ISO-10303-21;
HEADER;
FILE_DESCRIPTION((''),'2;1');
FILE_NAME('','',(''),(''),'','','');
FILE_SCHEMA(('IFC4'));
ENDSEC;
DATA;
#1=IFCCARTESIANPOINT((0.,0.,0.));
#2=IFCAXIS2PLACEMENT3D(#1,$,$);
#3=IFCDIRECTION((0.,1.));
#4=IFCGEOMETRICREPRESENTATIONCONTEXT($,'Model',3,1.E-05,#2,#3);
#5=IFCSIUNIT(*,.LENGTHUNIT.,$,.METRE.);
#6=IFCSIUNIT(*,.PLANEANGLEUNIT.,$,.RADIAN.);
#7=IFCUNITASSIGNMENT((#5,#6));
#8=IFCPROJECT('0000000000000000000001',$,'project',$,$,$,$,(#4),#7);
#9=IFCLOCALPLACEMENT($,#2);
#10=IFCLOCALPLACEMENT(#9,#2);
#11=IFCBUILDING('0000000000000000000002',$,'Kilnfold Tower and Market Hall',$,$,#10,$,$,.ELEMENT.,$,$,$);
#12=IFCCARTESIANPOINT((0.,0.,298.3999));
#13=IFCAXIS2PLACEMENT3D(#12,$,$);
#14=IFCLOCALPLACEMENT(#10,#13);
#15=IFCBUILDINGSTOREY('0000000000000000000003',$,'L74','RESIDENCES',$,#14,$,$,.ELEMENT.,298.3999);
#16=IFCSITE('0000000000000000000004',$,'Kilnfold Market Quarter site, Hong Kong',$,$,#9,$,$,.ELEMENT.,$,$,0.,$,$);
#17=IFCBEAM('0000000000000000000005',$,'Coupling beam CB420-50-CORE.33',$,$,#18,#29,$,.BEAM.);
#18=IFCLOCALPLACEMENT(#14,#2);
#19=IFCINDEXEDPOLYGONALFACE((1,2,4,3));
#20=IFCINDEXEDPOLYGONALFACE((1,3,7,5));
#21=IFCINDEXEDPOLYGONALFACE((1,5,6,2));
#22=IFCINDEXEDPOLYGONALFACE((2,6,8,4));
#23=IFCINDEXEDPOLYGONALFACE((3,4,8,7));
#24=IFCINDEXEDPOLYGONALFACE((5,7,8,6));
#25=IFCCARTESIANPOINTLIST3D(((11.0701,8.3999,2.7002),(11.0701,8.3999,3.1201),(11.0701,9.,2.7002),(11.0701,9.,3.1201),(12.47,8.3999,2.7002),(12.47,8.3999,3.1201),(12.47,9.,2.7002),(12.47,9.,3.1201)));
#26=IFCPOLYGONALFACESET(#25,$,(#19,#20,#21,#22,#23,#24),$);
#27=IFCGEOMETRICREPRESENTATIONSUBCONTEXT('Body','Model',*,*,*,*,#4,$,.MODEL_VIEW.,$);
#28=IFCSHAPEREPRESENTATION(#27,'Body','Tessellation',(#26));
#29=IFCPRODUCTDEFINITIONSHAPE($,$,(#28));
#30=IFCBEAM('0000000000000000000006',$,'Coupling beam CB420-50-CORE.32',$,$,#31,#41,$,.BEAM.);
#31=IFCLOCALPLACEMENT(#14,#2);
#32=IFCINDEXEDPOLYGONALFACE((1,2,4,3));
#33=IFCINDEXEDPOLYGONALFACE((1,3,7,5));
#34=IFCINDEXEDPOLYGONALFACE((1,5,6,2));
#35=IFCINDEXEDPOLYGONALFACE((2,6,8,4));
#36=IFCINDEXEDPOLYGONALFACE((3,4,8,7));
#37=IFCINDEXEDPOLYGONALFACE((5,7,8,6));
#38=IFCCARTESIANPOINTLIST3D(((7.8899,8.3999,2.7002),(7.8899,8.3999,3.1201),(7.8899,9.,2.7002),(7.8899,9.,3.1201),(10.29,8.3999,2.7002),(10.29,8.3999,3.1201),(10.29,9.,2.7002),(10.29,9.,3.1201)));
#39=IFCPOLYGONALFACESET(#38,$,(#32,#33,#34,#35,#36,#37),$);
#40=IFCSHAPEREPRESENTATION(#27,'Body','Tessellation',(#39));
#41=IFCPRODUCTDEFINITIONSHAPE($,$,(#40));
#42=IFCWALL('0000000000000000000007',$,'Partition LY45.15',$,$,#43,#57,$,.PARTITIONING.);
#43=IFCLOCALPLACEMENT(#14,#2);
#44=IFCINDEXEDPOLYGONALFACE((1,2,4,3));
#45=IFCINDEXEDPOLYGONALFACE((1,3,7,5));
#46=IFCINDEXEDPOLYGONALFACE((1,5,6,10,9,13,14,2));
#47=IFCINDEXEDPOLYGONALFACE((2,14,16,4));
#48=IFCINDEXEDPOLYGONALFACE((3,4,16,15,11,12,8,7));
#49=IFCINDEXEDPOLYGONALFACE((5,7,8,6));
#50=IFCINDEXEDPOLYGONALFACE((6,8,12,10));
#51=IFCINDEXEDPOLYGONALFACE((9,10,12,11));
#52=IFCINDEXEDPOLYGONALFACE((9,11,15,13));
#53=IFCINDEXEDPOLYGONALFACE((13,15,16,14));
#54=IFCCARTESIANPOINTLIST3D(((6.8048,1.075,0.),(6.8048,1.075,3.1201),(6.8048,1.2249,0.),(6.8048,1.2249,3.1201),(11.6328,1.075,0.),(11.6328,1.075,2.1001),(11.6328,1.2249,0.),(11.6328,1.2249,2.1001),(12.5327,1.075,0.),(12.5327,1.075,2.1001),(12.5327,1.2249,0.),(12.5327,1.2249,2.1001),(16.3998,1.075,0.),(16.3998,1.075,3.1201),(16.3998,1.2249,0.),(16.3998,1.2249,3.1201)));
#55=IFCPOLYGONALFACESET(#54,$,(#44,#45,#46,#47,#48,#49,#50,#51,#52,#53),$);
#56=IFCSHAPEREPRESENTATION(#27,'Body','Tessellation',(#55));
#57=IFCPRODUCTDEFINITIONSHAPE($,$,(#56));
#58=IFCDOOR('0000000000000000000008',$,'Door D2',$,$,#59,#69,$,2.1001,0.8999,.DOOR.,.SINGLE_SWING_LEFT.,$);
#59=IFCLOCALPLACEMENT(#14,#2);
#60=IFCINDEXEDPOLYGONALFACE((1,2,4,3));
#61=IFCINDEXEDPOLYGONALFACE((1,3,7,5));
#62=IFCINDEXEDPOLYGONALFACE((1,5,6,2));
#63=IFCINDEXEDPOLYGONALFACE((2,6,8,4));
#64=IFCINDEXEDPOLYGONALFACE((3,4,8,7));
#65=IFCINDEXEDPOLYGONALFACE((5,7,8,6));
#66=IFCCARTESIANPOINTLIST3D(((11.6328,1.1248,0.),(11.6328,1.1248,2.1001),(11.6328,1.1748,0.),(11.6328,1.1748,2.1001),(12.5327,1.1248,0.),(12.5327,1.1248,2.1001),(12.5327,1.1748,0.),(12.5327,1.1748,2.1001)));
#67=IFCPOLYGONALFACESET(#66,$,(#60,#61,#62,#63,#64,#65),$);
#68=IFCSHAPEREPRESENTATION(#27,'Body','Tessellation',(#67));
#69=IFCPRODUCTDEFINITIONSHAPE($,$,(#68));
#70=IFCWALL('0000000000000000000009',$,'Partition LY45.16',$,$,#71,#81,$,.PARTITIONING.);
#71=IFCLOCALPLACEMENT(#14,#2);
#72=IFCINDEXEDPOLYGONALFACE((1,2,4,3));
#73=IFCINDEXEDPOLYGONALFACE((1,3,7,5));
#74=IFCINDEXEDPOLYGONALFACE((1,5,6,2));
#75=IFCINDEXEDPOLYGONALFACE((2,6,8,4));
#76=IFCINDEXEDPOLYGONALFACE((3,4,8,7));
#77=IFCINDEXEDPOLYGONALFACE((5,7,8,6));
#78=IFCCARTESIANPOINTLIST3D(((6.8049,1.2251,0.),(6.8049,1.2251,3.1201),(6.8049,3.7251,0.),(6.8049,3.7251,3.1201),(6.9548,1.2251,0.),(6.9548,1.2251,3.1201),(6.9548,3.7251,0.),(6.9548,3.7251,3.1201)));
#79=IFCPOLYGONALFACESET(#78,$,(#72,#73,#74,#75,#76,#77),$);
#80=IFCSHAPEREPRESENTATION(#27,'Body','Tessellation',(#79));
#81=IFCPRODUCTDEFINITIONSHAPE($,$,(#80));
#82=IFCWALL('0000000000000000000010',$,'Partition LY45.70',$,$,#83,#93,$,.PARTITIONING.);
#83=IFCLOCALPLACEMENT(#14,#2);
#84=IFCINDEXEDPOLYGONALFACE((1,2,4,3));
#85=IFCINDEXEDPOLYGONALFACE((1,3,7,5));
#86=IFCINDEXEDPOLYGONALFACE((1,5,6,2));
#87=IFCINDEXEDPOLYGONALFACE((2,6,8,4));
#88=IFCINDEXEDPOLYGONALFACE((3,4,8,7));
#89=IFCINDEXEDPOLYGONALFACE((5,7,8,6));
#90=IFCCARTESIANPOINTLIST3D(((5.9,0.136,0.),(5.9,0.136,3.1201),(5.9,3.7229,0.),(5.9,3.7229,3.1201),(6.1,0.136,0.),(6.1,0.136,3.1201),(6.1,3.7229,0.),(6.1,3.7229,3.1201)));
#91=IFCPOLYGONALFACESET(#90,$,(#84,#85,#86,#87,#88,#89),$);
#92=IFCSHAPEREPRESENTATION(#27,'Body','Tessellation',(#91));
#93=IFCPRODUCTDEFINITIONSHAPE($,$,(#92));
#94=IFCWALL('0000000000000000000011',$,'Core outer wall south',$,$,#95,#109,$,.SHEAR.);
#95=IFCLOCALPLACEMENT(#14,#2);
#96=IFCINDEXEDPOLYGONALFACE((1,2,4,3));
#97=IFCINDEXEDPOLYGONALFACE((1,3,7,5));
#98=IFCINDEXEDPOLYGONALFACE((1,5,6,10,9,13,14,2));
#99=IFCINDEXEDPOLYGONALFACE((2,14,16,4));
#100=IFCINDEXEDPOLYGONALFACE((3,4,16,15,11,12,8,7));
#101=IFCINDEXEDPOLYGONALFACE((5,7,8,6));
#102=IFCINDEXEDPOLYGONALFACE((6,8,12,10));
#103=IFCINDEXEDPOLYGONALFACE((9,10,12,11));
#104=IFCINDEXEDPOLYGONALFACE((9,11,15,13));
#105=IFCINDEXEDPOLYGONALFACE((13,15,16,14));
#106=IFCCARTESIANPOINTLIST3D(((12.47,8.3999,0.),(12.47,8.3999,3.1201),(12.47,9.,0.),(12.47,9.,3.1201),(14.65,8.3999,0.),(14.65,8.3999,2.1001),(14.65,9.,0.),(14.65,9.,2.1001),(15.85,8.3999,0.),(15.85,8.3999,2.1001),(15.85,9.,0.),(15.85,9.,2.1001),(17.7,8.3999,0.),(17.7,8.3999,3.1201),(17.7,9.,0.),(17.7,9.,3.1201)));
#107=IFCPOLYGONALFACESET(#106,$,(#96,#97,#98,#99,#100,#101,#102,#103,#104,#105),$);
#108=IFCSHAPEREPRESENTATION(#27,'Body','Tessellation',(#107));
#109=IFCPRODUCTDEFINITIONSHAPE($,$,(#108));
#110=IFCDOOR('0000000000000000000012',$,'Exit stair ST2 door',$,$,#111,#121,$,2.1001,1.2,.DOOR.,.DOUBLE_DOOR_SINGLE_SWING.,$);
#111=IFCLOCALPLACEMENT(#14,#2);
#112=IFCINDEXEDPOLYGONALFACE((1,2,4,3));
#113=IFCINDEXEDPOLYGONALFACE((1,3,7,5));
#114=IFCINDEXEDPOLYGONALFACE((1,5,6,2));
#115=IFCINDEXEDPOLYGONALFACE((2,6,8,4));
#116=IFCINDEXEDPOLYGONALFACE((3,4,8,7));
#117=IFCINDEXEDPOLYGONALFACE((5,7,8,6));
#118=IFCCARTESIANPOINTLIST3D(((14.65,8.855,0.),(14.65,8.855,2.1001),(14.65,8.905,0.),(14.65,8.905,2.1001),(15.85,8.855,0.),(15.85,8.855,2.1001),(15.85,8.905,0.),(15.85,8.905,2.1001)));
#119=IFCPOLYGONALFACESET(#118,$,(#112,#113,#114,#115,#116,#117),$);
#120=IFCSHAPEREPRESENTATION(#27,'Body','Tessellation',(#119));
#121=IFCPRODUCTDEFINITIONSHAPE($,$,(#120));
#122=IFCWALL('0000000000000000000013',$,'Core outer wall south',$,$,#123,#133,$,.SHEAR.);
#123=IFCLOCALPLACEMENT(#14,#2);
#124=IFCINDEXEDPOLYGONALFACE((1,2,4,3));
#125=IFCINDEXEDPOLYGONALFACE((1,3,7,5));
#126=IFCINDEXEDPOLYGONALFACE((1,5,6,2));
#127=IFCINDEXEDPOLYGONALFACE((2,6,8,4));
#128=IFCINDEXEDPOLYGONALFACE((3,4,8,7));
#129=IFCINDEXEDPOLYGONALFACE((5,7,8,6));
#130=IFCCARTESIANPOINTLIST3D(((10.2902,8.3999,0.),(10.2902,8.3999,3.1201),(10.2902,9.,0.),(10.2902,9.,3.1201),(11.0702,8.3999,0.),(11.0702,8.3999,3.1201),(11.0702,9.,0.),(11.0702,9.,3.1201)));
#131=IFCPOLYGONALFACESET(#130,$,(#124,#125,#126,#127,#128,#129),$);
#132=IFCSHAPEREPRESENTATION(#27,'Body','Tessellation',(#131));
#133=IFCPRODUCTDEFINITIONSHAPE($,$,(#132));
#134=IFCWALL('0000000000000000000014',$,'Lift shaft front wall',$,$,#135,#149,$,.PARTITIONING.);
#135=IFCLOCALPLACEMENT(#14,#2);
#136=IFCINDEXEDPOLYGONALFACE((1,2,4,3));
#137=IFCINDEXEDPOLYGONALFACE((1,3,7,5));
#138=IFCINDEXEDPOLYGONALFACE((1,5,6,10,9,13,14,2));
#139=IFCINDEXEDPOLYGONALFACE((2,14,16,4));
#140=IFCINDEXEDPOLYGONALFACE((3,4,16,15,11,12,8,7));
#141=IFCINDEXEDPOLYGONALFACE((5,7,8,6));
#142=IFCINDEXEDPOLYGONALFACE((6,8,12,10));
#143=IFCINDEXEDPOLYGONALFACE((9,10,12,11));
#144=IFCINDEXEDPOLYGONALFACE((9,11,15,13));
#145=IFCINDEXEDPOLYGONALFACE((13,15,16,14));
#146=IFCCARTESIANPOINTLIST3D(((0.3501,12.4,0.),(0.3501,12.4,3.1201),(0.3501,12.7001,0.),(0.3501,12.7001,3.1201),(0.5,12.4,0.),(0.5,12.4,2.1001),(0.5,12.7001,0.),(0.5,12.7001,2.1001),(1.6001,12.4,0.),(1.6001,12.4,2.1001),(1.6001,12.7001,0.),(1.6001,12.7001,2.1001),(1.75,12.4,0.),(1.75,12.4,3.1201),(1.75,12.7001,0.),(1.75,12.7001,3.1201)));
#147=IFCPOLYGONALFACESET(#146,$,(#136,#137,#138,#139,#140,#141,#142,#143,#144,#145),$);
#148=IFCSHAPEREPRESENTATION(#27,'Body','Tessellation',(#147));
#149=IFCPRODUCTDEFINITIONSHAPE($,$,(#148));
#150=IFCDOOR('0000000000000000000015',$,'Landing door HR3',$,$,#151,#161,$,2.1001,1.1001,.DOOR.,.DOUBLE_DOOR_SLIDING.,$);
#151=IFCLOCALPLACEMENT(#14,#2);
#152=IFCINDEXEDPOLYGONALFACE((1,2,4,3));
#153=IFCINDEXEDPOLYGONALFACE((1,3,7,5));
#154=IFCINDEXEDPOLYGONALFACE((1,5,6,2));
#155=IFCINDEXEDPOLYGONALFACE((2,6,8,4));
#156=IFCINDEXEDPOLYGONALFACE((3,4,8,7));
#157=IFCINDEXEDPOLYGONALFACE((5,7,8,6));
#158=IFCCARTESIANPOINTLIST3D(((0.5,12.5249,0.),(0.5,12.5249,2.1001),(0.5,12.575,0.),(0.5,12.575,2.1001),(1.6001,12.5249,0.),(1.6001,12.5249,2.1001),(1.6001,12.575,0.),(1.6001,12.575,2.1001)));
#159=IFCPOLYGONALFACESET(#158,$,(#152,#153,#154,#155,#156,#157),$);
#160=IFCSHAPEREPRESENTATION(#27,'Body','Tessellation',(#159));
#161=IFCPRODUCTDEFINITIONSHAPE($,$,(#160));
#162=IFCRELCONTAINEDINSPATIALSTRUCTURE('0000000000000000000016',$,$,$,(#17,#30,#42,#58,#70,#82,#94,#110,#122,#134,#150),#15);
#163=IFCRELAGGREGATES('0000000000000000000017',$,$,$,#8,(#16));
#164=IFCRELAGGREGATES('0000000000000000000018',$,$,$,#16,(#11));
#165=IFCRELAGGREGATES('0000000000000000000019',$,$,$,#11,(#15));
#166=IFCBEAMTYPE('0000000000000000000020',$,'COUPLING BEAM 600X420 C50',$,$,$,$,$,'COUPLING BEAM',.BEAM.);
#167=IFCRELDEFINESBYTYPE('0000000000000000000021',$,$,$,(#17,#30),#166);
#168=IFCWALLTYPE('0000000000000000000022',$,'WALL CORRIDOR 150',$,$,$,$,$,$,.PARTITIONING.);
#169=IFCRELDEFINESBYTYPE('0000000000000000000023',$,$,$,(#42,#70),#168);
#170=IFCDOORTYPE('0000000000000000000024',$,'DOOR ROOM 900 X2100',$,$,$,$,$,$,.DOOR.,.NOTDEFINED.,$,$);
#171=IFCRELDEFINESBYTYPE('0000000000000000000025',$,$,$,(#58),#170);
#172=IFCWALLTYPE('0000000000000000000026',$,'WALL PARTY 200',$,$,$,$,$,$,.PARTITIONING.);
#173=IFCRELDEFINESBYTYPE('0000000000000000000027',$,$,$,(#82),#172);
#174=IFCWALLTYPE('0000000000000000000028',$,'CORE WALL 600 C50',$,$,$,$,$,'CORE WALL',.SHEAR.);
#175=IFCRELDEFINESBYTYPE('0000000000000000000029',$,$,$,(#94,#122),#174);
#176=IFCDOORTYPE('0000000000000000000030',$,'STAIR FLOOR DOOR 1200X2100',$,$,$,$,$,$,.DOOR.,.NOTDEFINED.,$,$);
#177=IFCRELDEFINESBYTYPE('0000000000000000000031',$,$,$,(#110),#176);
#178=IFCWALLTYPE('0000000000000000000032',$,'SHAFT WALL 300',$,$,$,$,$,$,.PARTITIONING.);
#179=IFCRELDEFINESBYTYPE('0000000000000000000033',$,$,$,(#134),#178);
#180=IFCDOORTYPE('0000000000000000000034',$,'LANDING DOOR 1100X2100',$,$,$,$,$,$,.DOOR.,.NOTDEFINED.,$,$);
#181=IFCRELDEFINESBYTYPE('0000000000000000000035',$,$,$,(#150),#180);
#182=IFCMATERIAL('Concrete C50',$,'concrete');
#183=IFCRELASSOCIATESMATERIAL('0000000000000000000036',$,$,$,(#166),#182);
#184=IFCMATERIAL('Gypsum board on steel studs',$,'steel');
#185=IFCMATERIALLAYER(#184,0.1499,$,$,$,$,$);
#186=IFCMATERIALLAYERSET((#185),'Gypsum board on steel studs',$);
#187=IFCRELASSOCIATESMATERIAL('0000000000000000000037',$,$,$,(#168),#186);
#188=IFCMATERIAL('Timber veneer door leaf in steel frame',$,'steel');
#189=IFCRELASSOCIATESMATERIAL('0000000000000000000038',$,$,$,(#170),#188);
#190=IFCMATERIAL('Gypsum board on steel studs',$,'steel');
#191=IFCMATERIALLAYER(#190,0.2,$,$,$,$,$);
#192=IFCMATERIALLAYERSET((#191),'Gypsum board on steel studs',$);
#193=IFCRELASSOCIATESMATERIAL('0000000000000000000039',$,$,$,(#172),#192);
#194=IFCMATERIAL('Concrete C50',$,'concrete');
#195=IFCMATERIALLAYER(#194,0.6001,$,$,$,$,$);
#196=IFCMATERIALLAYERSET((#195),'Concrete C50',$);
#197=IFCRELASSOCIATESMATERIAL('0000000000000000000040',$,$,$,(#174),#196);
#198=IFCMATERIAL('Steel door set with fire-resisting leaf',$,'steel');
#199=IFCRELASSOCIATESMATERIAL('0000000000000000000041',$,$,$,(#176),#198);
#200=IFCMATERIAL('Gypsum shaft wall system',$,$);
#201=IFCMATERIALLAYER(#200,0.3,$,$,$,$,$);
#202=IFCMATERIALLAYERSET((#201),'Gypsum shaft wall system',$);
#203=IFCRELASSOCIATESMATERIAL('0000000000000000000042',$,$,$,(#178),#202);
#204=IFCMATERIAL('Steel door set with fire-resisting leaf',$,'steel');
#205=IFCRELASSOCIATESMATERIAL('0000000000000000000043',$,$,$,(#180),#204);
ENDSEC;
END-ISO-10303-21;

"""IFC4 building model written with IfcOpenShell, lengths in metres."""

from ifc_helpers import new_model, si_unit, direction, frame, frame_2d, origin, origin_2d, place, context, subcontext, project, spatial, rectangle, extrude, source, transform, mapped, material, layer, layer_set, material_profile, profile_set, type_object, element, fill, save


model = new_model("IFC4")

# Units and contexts
model_context = context("Model", 3, precision=1e-05, world=origin(), true_north=direction((0.0, 1.0)))
body_context = subcontext(model_context, "Body", "Model", "MODEL_VIEW")
ifc_project = project(units=[si_unit("LENGTHUNIT", "METRE"), si_unit("PLANEANGLEUNIT", "RADIAN")], contexts=[model_context])

# Site, building, storey
site_placement = place(None, origin())
site = spatial("IfcSite", under=ifc_project, at=site_placement, Name="Kilnfold Market Quarter site, Hong Kong", CompositionType="ELEMENT", RefElevation=0.0)
building_placement = place(site_placement, origin())
building = spatial("IfcBuilding", under=site, at=building_placement, Name="Kilnfold Tower and Market Hall", CompositionType="ELEMENT")
storey_placement = place(building_placement, frame((0.0, 0.0, 298.3999)))
storey = spatial("IfcBuildingStorey", under=building, at=storey_placement, Name="L74", Description="RESIDENCES", CompositionType="ELEMENT", Elevation=298.3999)

# Beams
ifc_material_1 = material(Name="Concrete C50", Category="concrete")
ifc_material_profile = material_profile(ifc_material_1, rectangle(XDim=0.6001, YDim=0.4199, at=origin_2d()), Name="RC 600x420")
ifc_profile_set = profile_set([ifc_material_profile], Name="Concrete C50")
beam_type = type_object("IfcBeamType", Name="COUPLING BEAM 600X420 C50", ElementType="COUPLING BEAM", PredefinedType="BEAM", material=ifc_profile_set)
shared_shape_1 = source(origin(), body_context, "Body", "SweptSolid", [
    extrude(rectangle(XDim=0.6001, YDim=0.4199, at=origin_2d()), origin(), (0.0, 0.0, 1.0), 1.3999),
])
beam_1_placement = place(storey_placement, frame((11.0701, 8.7, 2.9102), z_axis=(1.0, 0.0, 0.0), x_axis=(0.0, 1.0, 0.0)))
element("IfcBeam", 1, at=beam_1_placement, inside=storey, type_object=beam_type, Name="Coupling beam CB420-50-CORE.33", PredefinedType="BEAM", context=body_context, shape_type="MappedRepresentation", body=[
    mapped(shared_shape_1, transform((0.0, 0.0, 0.0))),
])
shared_shape_2 = source(origin(), body_context, "Body", "SweptSolid", [
    extrude(rectangle(XDim=0.6001, YDim=0.4199, at=origin_2d()), origin(), (0.0, 0.0, 1.0), 2.4001),
])
beam_2_placement = place(storey_placement, frame((7.8899, 8.7, 2.9102), z_axis=(1.0, 0.0, 0.0), x_axis=(0.0, 1.0, 0.0)))
element("IfcBeam", 2, at=beam_2_placement, inside=storey, type_object=beam_type, Name="Coupling beam CB420-50-CORE.32", PredefinedType="BEAM", context=body_context, shape_type="MappedRepresentation", body=[
    mapped(shared_shape_2, transform((0.0, 0.0, 0.0))),
])

# Wall, opening, door
ifc_material_2 = material(Name="Gypsum board on steel studs", Category="steel")
ifc_layer_1 = layer(ifc_material_2, 0.1499)
ifc_layer_set_1 = layer_set([ifc_layer_1], Name="Gypsum board on steel studs")
wall_type_1 = type_object("IfcWallType", Name="WALL CORRIDOR 150", PredefinedType="PARTITIONING", material=ifc_layer_set_1)
wall_1_placement = place(storey_placement, frame((6.8049, 1.1499, 0.0), z_axis=(0.0, 0.0, 1.0), x_axis=(1.0, 0.0, 0.0)))
wall_1 = element("IfcWall", 3, at=wall_1_placement, inside=storey, type_object=wall_type_1, Name="Partition LY45.15", PredefinedType="PARTITIONING", context=body_context, shape_type="SweptSolid", body=[
    extrude(rectangle(XDim=9.595, YDim=0.1499, at=frame_2d((4.7974, 0.0))), origin(), (0.0, 0.0, 1.0), 3.1201),
])
opening_1_placement = place(wall_1_placement, frame((4.8279, 0.0, 0.0)))
opening_1 = element("IfcOpeningElement", 4, at=opening_1_placement, cuts=wall_1, PredefinedType="OPENING", context=body_context, shape_type="SweptSolid", body=[
    extrude(rectangle(XDim=0.8999, YDim=2.1001, at=frame_2d((0.45, 1.05))), frame((0.0, 0.085, 0.0), z_axis=(0.0, -1.0, 0.0), x_axis=(1.0, 0.0, 0.0)), (0.0, 0.0, 1.0), 0.1699),
])
ifc_material_3 = material(Name="Timber veneer door leaf in steel frame", Category="steel")
door_type_1 = type_object("IfcDoorType", Name="DOOR ROOM 900 X2100", OperationType="NOTDEFINED", PredefinedType="DOOR", material=ifc_material_3)
door_1_placement = place(opening_1_placement, origin())
door_1 = element("IfcDoor", 5, at=door_1_placement, inside=storey, type_object=door_type_1, Name="Door D2", OperationType="SINGLE_SWING_LEFT", OverallHeight=2.1001, OverallWidth=0.8999, PredefinedType="DOOR", context=body_context, shape_type="SweptSolid", body=[
    extrude(rectangle(XDim=0.8999, YDim=2.1001, at=frame_2d((0.45, 1.05))), frame((0.0, 0.0249, 0.0), z_axis=(0.0, -1.0, 0.0), x_axis=(1.0, 0.0, 0.0)), (0.0, 0.0, 1.0), 0.05),
])
fill(opening_1, door_1)

# Walls
wall_2_placement = place(storey_placement, frame((6.8799, 3.7251, 0.0), z_axis=(0.0, 0.0, 1.0), x_axis=(0.0, -1.0, 0.0)))
element("IfcWall", 6, at=wall_2_placement, inside=storey, type_object=wall_type_1, Name="Partition LY45.16", PredefinedType="PARTITIONING", context=body_context, shape_type="SweptSolid", body=[
    extrude(rectangle(XDim=2.5, YDim=0.1499, at=frame_2d((1.25, 0.0))), origin(), (0.0, 0.0, 1.0), 3.1201),
])
ifc_material_4 = material(Name="Gypsum board on steel studs", Category="steel")
ifc_layer_2 = layer(ifc_material_4, 0.2)
ifc_layer_set_2 = layer_set([ifc_layer_2], Name="Gypsum board on steel studs")
wall_type_2 = type_object("IfcWallType", Name="WALL PARTY 200", PredefinedType="PARTITIONING", material=ifc_layer_set_2)
wall_3_placement = place(storey_placement, frame((6.0, 0.136, 0.0), z_axis=(0.0, 0.0, 1.0), x_axis=(0.0, 1.0, 0.0)))
element("IfcWall", 7, at=wall_3_placement, inside=storey, type_object=wall_type_2, Name="Partition LY45.70", PredefinedType="PARTITIONING", context=body_context, shape_type="SweptSolid", body=[
    extrude(rectangle(XDim=3.5869, YDim=0.2, at=frame_2d((1.7935, 0.0))), origin(), (0.0, 0.0, 1.0), 3.1201),
])

# Wall, opening, door
ifc_material_5 = material(Name="Concrete C50", Category="concrete")
ifc_layer_3 = layer(ifc_material_5, 0.6001)
ifc_layer_set_3 = layer_set([ifc_layer_3], Name="Concrete C50")
wall_type_3 = type_object("IfcWallType", Name="CORE WALL 600 C50", ElementType="CORE WALL", PredefinedType="SHEAR", material=ifc_layer_set_3)
shared_shape_3 = source(origin(), body_context, "Body", "SweptSolid", [
    extrude(rectangle(XDim=5.23, YDim=0.6001, at=frame_2d((2.615, 0.0))), origin(), (0.0, 0.0, 1.0), 3.1201),
])
wall_4_placement = place(storey_placement, frame((12.47, 8.7, 0.0), z_axis=(0.0, 0.0, 1.0), x_axis=(1.0, 0.0, 0.0)))
wall_4 = element("IfcWall", 8, at=wall_4_placement, inside=storey, type_object=wall_type_3, Name="Core outer wall south", PredefinedType="SHEAR", context=body_context, shape_type="MappedRepresentation", body=[
    mapped(shared_shape_3, transform((0.0, 0.0, 0.0))),
])
opening_2_placement = place(wall_4_placement, frame((2.1799, 0.0, 0.0)))
opening_2 = element("IfcOpeningElement", 9, at=opening_2_placement, cuts=wall_4, PredefinedType="OPENING", context=body_context, shape_type="SweptSolid", body=[
    extrude(rectangle(XDim=1.2, YDim=2.1001, at=frame_2d((0.6001, 1.05))), frame((0.0, 0.3101, 0.0), z_axis=(0.0, -1.0, 0.0), x_axis=(1.0, 0.0, 0.0)), (0.0, 0.0, 1.0), 0.6201),
])
ifc_material_6 = material(Name="Steel door set with fire-resisting leaf", Category="steel")
door_type_2 = type_object("IfcDoorType", Name="STAIR FLOOR DOOR 1200X2100", OperationType="NOTDEFINED", PredefinedType="DOOR", material=ifc_material_6)
door_2_placement = place(opening_2_placement, origin())
door_2 = element("IfcDoor", 10, at=door_2_placement, inside=storey, type_object=door_type_2, Name="Exit stair ST2 door", OperationType="DOUBLE_DOOR_SINGLE_SWING", OverallHeight=2.1001, OverallWidth=1.2, PredefinedType="DOOR", context=body_context, shape_type="SweptSolid", body=[
    extrude(rectangle(XDim=1.2, YDim=2.1001, at=frame_2d((0.6001, 1.05))), frame((0.0, 0.2051, 0.0), z_axis=(0.0, -1.0, 0.0), x_axis=(1.0, 0.0, 0.0)), (0.0, 0.0, 1.0), 0.05),
])
fill(opening_2, door_2)

# Wall
shared_shape_4 = source(origin(), body_context, "Body", "SweptSolid", [
    extrude(rectangle(XDim=0.78, YDim=0.6001, at=frame_2d((0.3901, 0.0))), origin(), (0.0, 0.0, 1.0), 3.1201),
])
wall_5_placement = place(storey_placement, frame((10.29, 8.7, 0.0), z_axis=(0.0, 0.0, 1.0), x_axis=(1.0, 0.0, 0.0)))
element("IfcWall", 11, at=wall_5_placement, inside=storey, type_object=wall_type_3, Name="Core outer wall south", PredefinedType="SHEAR", context=body_context, shape_type="MappedRepresentation", body=[
    mapped(shared_shape_4, transform((0.0, 0.0, 0.0))),
])

# Wall, opening, door
ifc_material_7 = material(Name="Gypsum shaft wall system")
ifc_layer_4 = layer(ifc_material_7, 0.3)
ifc_layer_set_4 = layer_set([ifc_layer_4], Name="Gypsum shaft wall system")
wall_type_4 = type_object("IfcWallType", Name="SHAFT WALL 300", PredefinedType="PARTITIONING", material=ifc_layer_set_4)
shared_shape_5 = source(origin(), body_context, "Body", "SweptSolid", [
    extrude(rectangle(XDim=1.3999, YDim=0.3, at=frame_2d((0.7, 0.0))), origin(), (0.0, 0.0, 1.0), 3.1201),
])
wall_6_placement = place(storey_placement, frame((0.3501, 12.55, 0.0), z_axis=(0.0, 0.0, 1.0), x_axis=(1.0, 0.0, 0.0)))
wall_6 = element("IfcWall", 12, at=wall_6_placement, inside=storey, type_object=wall_type_4, Name="Lift shaft front wall", PredefinedType="PARTITIONING", context=body_context, shape_type="MappedRepresentation", body=[
    mapped(shared_shape_5, transform((0.0, 0.0, 0.0))),
])
opening_3_placement = place(wall_6_placement, frame((0.1499, 0.0, 0.0)))
opening_3 = element("IfcOpeningElement", 13, at=opening_3_placement, cuts=wall_6, PredefinedType="OPENING", context=body_context, shape_type="SweptSolid", body=[
    extrude(rectangle(XDim=1.1001, YDim=2.1001, at=frame_2d((0.55, 1.05))), frame((0.0, 0.1602, 0.0), z_axis=(0.0, -1.0, 0.0), x_axis=(1.0, 0.0, 0.0)), (0.0, 0.0, 1.0), 0.3201),
])
ifc_material_8 = material(Name="Steel door set with fire-resisting leaf", Category="steel")
door_type_3 = type_object("IfcDoorType", Name="LANDING DOOR 1100X2100", OperationType="NOTDEFINED", PredefinedType="DOOR", material=ifc_material_8)
door_3_placement = place(opening_3_placement, origin())
door_3 = element("IfcDoor", 14, at=door_3_placement, inside=storey, type_object=door_type_3, Name="Landing door HR3", OperationType="DOUBLE_DOOR_SLIDING", OverallHeight=2.1001, OverallWidth=1.1001, PredefinedType="DOOR", context=body_context, shape_type="SweptSolid", body=[
    extrude(rectangle(XDim=1.1001, YDim=2.1001, at=frame_2d((0.55, 1.05))), frame((0.0, 0.0249, 0.0), z_axis=(0.0, -1.0, 0.0), x_axis=(1.0, 0.0, 0.0)), (0.0, 0.0, 1.0), 0.05),
])
fill(opening_3, door_3)

save(model, "model.ifc")
